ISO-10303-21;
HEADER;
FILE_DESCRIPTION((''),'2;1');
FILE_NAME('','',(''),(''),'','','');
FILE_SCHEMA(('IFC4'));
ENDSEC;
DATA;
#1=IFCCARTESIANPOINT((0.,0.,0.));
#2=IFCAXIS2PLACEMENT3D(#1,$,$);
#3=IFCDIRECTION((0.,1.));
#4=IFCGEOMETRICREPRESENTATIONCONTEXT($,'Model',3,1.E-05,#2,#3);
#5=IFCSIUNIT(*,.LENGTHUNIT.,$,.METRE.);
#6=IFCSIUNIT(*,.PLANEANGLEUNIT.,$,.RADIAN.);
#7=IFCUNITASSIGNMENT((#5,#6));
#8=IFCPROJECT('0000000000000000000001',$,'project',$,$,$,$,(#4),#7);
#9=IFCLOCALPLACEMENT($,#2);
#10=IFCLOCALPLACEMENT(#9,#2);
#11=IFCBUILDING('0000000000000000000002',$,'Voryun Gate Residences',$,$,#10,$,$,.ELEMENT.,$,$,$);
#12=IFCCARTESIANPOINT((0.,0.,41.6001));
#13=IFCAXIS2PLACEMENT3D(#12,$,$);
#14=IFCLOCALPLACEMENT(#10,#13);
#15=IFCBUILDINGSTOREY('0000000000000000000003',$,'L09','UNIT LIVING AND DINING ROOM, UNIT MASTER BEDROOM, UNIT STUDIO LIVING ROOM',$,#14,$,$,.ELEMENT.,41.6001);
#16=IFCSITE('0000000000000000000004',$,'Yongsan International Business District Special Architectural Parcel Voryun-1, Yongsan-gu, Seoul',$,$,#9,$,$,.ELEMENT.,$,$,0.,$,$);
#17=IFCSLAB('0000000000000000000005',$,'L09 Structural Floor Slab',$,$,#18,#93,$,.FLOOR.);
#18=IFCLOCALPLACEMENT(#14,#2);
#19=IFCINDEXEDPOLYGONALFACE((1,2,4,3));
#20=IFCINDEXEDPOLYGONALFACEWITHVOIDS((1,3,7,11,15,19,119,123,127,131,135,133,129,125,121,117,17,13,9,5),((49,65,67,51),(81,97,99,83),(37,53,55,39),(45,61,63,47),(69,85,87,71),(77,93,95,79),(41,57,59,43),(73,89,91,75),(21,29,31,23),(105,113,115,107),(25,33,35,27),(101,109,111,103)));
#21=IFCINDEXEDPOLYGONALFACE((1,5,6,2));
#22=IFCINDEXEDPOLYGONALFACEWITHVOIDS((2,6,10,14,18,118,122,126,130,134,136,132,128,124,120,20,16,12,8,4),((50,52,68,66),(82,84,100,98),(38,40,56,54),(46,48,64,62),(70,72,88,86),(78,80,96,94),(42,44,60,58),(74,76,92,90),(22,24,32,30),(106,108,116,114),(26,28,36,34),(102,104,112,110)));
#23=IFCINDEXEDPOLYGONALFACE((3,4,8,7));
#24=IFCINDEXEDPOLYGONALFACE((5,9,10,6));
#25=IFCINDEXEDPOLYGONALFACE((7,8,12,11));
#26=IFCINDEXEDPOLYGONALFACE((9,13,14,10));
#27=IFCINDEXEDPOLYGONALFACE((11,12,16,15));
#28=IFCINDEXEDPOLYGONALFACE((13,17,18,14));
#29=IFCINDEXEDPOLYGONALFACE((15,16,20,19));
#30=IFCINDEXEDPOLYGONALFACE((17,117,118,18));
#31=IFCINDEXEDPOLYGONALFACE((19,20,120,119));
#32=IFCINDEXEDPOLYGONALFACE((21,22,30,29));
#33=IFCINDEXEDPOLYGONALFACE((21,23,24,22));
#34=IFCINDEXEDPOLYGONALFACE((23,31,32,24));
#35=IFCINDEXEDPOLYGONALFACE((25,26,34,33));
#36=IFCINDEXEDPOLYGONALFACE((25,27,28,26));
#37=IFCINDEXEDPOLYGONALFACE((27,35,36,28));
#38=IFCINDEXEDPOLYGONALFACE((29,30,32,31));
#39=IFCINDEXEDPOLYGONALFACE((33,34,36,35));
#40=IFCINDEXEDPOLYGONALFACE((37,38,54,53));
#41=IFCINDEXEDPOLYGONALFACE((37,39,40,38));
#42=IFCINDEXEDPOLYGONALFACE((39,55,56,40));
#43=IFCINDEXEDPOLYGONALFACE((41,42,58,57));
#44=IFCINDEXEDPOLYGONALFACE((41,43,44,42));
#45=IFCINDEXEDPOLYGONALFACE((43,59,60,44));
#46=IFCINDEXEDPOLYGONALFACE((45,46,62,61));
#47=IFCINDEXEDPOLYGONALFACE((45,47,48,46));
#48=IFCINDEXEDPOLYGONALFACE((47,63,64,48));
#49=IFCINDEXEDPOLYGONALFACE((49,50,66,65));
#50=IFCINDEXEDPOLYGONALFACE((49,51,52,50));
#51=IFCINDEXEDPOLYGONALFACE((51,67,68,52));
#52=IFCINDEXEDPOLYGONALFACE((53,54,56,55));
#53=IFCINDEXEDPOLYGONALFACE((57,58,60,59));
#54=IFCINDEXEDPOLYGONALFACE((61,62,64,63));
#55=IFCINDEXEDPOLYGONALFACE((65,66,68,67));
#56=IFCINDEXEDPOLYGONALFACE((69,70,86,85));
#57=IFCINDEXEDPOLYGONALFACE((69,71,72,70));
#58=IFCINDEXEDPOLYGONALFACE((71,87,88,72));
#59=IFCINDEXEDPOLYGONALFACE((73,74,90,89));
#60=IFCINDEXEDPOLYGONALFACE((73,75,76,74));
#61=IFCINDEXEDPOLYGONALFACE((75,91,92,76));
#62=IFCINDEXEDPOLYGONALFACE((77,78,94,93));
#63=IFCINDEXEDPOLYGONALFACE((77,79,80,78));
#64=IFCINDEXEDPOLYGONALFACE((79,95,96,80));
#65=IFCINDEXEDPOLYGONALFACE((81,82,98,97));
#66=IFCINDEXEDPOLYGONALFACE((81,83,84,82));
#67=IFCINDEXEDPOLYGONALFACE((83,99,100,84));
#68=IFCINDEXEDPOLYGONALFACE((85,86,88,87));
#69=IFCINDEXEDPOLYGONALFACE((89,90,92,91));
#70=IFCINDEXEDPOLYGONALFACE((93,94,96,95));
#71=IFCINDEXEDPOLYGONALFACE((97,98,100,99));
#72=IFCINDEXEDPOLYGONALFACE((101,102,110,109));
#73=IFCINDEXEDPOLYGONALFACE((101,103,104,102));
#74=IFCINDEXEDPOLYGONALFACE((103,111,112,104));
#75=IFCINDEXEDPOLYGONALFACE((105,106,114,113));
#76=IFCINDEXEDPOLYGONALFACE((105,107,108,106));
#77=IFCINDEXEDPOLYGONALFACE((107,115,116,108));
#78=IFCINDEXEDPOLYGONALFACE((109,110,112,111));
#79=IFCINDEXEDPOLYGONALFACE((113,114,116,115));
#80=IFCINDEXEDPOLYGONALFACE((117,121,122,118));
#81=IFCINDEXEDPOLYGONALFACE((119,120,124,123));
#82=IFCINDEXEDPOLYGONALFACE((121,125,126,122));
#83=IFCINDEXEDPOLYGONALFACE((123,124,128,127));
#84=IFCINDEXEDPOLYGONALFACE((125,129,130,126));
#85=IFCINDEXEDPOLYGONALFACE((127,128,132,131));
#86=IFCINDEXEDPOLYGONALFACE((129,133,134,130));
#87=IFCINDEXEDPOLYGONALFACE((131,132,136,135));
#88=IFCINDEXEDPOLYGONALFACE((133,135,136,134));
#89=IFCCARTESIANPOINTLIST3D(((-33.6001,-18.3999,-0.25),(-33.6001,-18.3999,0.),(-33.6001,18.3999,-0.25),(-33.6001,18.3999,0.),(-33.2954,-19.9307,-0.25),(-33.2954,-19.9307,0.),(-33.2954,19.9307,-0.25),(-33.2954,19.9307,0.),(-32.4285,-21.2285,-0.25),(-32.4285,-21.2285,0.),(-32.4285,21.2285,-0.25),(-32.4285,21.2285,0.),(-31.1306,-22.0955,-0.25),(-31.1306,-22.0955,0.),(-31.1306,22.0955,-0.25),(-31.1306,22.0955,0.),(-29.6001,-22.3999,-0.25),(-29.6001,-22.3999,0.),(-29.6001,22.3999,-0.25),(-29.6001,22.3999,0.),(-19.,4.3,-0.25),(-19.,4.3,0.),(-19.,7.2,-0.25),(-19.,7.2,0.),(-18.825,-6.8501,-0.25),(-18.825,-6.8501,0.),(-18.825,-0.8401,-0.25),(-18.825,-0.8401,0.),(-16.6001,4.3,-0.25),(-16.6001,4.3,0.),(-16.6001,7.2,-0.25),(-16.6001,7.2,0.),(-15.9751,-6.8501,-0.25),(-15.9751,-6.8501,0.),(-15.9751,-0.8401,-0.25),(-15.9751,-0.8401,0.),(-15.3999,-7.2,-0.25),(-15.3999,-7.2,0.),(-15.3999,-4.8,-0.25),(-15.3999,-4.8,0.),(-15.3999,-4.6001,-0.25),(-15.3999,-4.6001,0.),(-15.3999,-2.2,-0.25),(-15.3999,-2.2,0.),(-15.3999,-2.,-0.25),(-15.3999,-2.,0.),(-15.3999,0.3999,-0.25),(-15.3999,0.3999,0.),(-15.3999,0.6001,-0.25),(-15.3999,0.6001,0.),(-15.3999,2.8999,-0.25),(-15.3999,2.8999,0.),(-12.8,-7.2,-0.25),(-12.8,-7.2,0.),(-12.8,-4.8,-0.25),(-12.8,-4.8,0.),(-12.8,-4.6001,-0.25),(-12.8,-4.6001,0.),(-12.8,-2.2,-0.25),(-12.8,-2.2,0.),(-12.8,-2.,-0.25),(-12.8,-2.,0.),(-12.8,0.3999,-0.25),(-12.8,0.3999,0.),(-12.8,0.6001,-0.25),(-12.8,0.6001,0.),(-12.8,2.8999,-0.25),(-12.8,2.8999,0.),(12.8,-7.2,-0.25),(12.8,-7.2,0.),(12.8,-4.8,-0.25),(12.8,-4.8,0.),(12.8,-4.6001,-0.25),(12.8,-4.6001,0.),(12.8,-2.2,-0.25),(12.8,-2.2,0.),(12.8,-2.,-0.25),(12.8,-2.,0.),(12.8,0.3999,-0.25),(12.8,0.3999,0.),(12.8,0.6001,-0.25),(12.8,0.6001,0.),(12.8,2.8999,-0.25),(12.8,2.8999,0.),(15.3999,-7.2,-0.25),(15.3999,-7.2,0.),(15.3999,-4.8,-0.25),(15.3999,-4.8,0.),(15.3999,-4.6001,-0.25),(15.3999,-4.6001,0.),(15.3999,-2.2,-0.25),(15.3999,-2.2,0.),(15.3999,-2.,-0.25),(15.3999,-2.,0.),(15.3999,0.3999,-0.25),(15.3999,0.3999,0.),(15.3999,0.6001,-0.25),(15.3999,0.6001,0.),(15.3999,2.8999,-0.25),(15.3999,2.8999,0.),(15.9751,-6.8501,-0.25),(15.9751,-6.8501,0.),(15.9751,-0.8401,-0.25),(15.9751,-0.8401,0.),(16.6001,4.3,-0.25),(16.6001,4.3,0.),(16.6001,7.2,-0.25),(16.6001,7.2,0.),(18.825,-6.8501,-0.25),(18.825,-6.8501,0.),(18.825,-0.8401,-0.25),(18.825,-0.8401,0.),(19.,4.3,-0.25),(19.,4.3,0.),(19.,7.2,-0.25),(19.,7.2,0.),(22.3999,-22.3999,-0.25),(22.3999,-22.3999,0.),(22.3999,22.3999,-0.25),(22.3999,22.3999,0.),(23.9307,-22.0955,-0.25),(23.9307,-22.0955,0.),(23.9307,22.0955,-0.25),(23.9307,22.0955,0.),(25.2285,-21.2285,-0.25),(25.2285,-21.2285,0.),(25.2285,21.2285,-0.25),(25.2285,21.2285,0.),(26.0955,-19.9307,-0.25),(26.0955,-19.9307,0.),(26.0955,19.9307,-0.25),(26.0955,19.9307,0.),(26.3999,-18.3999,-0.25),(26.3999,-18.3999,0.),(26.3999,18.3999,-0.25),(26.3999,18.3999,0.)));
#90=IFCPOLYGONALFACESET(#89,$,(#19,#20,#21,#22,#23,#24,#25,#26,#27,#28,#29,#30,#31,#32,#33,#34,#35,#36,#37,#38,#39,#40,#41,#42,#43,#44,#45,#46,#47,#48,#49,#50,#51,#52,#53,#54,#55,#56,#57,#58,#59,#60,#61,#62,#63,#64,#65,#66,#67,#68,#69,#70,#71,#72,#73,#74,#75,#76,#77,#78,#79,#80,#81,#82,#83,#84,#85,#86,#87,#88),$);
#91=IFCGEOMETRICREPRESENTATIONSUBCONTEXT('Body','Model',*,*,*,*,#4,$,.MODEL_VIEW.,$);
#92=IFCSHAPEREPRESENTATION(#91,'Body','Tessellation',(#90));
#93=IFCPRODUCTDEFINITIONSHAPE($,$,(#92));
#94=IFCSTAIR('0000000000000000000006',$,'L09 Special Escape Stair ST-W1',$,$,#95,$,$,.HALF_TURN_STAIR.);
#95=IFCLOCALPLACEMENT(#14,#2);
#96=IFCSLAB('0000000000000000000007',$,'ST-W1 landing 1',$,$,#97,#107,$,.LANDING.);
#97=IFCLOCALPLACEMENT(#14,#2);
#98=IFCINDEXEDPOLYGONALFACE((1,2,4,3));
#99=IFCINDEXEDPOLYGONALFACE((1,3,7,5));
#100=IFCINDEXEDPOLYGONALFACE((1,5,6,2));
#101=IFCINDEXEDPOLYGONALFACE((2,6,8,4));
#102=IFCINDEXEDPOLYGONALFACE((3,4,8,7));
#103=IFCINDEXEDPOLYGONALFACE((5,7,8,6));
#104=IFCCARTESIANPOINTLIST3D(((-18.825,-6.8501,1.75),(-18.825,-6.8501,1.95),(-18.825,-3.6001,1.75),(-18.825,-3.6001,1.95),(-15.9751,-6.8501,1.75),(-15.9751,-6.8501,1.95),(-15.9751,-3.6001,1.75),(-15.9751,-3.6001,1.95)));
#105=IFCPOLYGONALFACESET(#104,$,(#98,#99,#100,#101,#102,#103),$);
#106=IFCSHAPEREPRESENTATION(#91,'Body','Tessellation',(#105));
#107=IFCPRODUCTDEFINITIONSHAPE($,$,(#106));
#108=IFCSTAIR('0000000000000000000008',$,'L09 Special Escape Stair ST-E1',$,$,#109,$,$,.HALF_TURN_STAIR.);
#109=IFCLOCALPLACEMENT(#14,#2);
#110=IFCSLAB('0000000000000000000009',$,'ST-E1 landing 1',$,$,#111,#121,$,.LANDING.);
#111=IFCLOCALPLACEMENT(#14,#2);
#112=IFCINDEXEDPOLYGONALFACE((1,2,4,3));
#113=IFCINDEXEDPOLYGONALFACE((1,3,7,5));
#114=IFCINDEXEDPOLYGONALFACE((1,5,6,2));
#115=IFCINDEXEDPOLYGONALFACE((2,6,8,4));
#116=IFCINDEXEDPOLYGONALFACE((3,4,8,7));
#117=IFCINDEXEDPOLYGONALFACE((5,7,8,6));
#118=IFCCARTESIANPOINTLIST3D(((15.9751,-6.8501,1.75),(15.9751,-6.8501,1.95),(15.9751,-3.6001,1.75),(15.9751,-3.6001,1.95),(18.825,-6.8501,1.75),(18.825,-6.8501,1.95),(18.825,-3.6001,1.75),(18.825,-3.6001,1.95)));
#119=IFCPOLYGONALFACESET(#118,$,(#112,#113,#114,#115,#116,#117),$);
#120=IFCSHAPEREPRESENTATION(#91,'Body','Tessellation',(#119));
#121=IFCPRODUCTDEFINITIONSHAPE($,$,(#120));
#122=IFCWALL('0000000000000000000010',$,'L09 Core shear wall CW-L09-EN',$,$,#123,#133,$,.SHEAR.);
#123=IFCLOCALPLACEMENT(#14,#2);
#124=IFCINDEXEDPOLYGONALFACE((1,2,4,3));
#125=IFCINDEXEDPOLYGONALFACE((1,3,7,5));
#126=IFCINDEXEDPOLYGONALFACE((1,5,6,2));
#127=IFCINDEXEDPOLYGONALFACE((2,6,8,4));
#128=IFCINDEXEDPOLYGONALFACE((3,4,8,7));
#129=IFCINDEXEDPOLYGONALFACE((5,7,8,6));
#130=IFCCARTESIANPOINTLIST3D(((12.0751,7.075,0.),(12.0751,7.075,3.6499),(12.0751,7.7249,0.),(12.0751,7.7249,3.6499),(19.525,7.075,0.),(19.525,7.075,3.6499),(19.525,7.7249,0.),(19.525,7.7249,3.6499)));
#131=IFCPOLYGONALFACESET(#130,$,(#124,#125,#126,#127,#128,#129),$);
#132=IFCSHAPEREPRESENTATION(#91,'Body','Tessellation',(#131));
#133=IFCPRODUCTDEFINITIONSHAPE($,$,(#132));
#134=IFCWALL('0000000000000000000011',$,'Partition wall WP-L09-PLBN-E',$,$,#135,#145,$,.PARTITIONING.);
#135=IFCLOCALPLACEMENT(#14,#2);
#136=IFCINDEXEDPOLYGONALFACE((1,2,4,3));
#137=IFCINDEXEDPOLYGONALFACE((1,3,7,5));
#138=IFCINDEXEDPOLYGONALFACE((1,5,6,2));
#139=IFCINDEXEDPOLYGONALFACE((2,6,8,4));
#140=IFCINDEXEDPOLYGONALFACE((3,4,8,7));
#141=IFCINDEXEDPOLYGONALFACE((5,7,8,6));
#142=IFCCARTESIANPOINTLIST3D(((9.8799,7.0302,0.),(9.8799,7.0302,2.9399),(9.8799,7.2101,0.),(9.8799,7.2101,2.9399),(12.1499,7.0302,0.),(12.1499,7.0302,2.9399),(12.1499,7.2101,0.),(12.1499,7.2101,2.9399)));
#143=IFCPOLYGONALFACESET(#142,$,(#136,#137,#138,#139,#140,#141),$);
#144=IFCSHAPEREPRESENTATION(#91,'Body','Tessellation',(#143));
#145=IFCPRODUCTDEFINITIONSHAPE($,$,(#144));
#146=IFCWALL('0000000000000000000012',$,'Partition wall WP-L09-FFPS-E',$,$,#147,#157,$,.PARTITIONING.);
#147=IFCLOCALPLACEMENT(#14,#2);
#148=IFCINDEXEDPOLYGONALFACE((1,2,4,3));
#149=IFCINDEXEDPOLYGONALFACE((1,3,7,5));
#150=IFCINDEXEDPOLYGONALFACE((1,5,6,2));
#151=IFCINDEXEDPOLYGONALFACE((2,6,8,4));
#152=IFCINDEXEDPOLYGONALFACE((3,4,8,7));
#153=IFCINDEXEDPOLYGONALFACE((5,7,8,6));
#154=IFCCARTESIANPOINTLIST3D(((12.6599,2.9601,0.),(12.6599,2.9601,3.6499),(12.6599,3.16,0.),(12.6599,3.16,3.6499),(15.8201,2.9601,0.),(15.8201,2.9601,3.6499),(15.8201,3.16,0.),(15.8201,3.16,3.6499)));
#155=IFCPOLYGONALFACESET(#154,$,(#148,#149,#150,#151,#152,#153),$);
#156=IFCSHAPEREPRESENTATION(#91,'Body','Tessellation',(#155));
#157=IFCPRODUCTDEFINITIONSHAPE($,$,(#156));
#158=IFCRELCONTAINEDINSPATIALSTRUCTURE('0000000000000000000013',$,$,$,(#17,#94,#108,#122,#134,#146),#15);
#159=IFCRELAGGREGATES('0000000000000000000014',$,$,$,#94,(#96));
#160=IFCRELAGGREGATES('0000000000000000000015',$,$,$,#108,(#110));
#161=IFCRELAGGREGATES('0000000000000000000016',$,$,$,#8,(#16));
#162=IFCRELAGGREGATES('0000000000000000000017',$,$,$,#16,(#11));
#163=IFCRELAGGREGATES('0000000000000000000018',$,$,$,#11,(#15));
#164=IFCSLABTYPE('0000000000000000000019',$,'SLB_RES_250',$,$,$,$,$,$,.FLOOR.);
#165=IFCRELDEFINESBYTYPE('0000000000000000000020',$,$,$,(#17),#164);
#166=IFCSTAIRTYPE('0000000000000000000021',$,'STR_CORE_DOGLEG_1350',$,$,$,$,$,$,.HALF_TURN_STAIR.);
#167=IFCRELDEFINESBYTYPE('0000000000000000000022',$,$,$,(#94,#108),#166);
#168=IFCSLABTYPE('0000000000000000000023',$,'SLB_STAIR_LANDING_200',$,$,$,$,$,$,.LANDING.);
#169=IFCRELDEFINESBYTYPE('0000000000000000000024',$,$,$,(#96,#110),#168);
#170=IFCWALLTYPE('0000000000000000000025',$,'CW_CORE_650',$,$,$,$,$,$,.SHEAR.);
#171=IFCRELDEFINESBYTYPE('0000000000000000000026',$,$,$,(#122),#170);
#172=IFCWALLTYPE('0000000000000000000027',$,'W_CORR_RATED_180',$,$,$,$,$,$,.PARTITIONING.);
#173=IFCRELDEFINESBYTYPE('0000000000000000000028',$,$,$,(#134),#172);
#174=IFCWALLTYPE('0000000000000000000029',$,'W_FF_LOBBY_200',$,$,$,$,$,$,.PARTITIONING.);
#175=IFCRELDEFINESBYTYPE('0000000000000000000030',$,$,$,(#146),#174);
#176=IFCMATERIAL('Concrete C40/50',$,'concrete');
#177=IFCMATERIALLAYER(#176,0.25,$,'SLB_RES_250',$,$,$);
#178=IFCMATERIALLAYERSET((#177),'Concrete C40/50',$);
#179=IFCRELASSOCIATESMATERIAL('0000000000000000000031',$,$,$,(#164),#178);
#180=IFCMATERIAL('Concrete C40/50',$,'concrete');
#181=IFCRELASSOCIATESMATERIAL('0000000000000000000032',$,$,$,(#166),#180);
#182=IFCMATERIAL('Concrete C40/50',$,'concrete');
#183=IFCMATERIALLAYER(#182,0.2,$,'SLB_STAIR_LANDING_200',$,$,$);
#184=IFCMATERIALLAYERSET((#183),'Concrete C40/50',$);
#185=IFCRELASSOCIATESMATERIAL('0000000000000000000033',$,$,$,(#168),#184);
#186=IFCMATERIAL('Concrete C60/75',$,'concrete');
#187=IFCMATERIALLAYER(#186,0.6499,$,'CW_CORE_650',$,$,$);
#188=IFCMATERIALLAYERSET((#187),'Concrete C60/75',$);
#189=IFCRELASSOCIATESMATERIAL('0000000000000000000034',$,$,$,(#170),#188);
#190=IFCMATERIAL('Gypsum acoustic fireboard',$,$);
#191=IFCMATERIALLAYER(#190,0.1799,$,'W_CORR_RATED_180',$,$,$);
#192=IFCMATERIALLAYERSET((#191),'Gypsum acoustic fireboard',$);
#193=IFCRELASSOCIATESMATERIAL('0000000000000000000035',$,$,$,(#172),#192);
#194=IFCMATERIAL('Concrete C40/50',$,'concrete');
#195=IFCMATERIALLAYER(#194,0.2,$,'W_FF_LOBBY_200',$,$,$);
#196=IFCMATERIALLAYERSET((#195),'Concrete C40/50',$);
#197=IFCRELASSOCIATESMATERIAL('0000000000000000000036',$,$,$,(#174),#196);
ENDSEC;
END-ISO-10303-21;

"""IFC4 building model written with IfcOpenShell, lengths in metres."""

from ifc_helpers import new_model, si_unit, direction, frame, frame_2d, origin, place, context, subcontext, project, spatial, polyline, rectangle, outline, extrude, material, layer, layer_set, type_object, element, aggregate, save


model = new_model("IFC4")

# Units and contexts
model_context = context("Model", 3, precision=1e-05, world=origin(), true_north=direction((0.0, 1.0)))
body_context = subcontext(model_context, "Body", "Model", "MODEL_VIEW")
ifc_project = project(units=[si_unit("LENGTHUNIT", "METRE"), si_unit("PLANEANGLEUNIT", "RADIAN")], contexts=[model_context])

# Site, building, storey
site_placement = place(None, origin())
site = spatial("IfcSite", under=ifc_project, at=site_placement, Name="Yongsan International Business District Special Architectural Parcel Voryun-1, Yongsan-gu, Seoul", CompositionType="ELEMENT", RefElevation=0.0)
building_placement = place(site_placement, origin())
building = spatial("IfcBuilding", under=site, at=building_placement, Name="Voryun Gate Residences", CompositionType="ELEMENT")
storey_placement = place(building_placement, frame((0.0, 0.0, 41.6001)))
storey = spatial("IfcBuildingStorey", under=building, at=storey_placement, Name="L09", Description="UNIT LIVING AND DINING ROOM, UNIT MASTER BEDROOM, UNIT STUDIO LIVING ROOM", CompositionType="ELEMENT", Elevation=41.6001)

# Slab
ifc_material_1 = material(Name="Concrete C40/50", Category="concrete")
ifc_layer_1 = layer(ifc_material_1, 0.25, Name="SLB_RES_250")
ifc_layer_set_1 = layer_set([ifc_layer_1], Name="Concrete C40/50")
slab_type_1 = type_object("IfcSlabType", Name="SLB_RES_250", PredefinedType="FLOOR", material=ifc_layer_set_1)
slab_1_placement = place(storey_placement, frame((0.0, 0.0, -0.25)))
element("IfcSlab", 1, at=slab_1_placement, inside=storey, type_object=slab_type_1, Name="L09 Structural Floor Slab", PredefinedType="FLOOR", context=body_context, shape_type="SweptSolid", body=[
    extrude(outline(polyline([(-29.6001, -22.3999), (-31.1306, -22.0955), (-32.4285, -21.2285), (-33.2954, -19.9307), (-33.6001, -18.3999), (-33.6001, 18.3999), (-33.2954, 19.9307), (-32.4285, 21.2285), (-31.1306, 22.0955), (-29.6001, 22.3999), (22.3999, 22.3999), (23.9307, 22.0955), (25.2285, 21.2285), (26.0955, 19.9307), (26.3999, 18.3999), (26.3999, -18.3999), (26.0955, -19.9307), (25.2285, -21.2285), (23.9307, -22.0955), (22.3999, -22.3999), (-29.6001, -22.3999)]), holes=[polyline([(-12.8, -4.8), (-15.3999, -4.8), (-15.3999, -7.2), (-12.8, -7.2), (-12.8, -4.8)]), polyline([(-18.825, -6.8501), (-15.9751, -6.8501), (-15.9751, -0.8401), (-18.825, -0.8401), (-18.825, -6.8501)]), polyline([(-12.8, -4.6001), (-12.8, -2.2), (-15.3999, -2.2), (-15.3999, -4.6001), (-12.8, -4.6001)]), polyline([(-12.8, 0.3999), (-15.3999, 0.3999), (-15.3999, -2.0), (-12.8, -2.0), (-12.8, 0.3999)]), polyline([(-12.8, 0.6001), (-12.8, 2.8999), (-15.3999, 2.8999), (-15.3999, 0.6001), (-12.8, 0.6001)]), polyline([(-16.6001, 4.3), (-16.6001, 7.2), (-19.0, 7.2), (-19.0, 4.3), (-16.6001, 4.3)]), polyline([(15.3999, -4.8), (12.8, -4.8), (12.8, -7.2), (15.3999, -7.2), (15.3999, -4.8)]), polyline([(15.9751, -6.8501), (18.825, -6.8501), (18.825, -0.8401), (15.9751, -0.8401), (15.9751, -6.8501)]), polyline([(15.3999, -4.6001), (15.3999, -2.2), (12.8, -2.2), (12.8, -4.6001), (15.3999, -4.6001)]), polyline([(15.3999, 0.3999), (12.8, 0.3999), (12.8, -2.0), (15.3999, -2.0), (15.3999, 0.3999)]), polyline([(15.3999, 0.6001), (15.3999, 2.8999), (12.8, 2.8999), (12.8, 0.6001), (15.3999, 0.6001)]), polyline([(19.0, 4.3), (19.0, 7.2), (16.6001, 7.2), (16.6001, 4.3), (19.0, 4.3)])]), origin(), (0.0, 0.0, 1.0), 0.25),
])

# Stairs, slabs
ifc_material_2 = material(Name="Concrete C40/50", Category="concrete")
stair_type = type_object("IfcStairType", Name="STR_CORE_DOGLEG_1350", PredefinedType="HALF_TURN_STAIR", material=ifc_material_2)
stair_1_placement = place(storey_placement, origin())
stair_1 = element("IfcStair", 2, at=stair_1_placement, inside=storey, type_object=stair_type, Name="L09 Special Escape Stair ST-W1", PredefinedType="HALF_TURN_STAIR")
ifc_material_3 = material(Name="Concrete C40/50", Category="concrete")
ifc_layer_2 = layer(ifc_material_3, 0.2, Name="SLB_STAIR_LANDING_200")
ifc_layer_set_2 = layer_set([ifc_layer_2], Name="Concrete C40/50")
slab_type_2 = type_object("IfcSlabType", Name="SLB_STAIR_LANDING_200", PredefinedType="LANDING", material=ifc_layer_set_2)
slab_2_placement = place(storey_placement, frame((0.0, 0.0, 1.75)))
slab_2 = element("IfcSlab", 3, at=slab_2_placement, type_object=slab_type_2, Name="ST-W1 landing 1", PredefinedType="LANDING", context=body_context, shape_type="SweptSolid", body=[
    extrude(outline(polyline([(-18.825, -3.6001), (-18.825, -6.8501), (-15.9751, -6.8501), (-15.9751, -3.6001), (-18.825, -3.6001)])), origin(), (0.0, 0.0, 1.0), 0.2),
])
aggregate(stair_1, [slab_2])
stair_2_placement = place(storey_placement, origin())
stair_2 = element("IfcStair", 4, at=stair_2_placement, inside=storey, type_object=stair_type, Name="L09 Special Escape Stair ST-E1", PredefinedType="HALF_TURN_STAIR")
slab_3_placement = place(storey_placement, frame((0.0, 0.0, 1.75)))
slab_3 = element("IfcSlab", 5, at=slab_3_placement, type_object=slab_type_2, Name="ST-E1 landing 1", PredefinedType="LANDING", context=body_context, shape_type="SweptSolid", body=[
    extrude(outline(polyline([(15.9751, -3.6001), (15.9751, -6.8501), (18.825, -6.8501), (18.825, -3.6001), (15.9751, -3.6001)])), origin(), (0.0, 0.0, 1.0), 0.2),
])
aggregate(stair_2, [slab_3])

# Walls
ifc_material_4 = material(Name="Concrete C60/75", Category="concrete")
ifc_layer_3 = layer(ifc_material_4, 0.6499, Name="CW_CORE_650")
ifc_layer_set_3 = layer_set([ifc_layer_3], Name="Concrete C60/75")
wall_type_1 = type_object("IfcWallType", Name="CW_CORE_650", PredefinedType="SHEAR", material=ifc_layer_set_3)
wall_1_placement = place(storey_placement, frame((12.075, 7.3999, 0.0), z_axis=(0.0, 0.0, 1.0), x_axis=(1.0, 0.0, 0.0)))
element("IfcWall", 6, at=wall_1_placement, inside=storey, type_object=wall_type_1, Name="L09 Core shear wall CW-L09-EN", PredefinedType="SHEAR", context=body_context, shape_type="SweptSolid", body=[
    extrude(rectangle(XDim=7.45, YDim=0.6499, at=frame_2d((3.7251, 0.0))), origin(), (0.0, 0.0, 1.0), 3.6499),
])
ifc_material_5 = material(Name="Gypsum acoustic fireboard")
ifc_layer_4 = layer(ifc_material_5, 0.1799, Name="W_CORR_RATED_180")
ifc_layer_set_4 = layer_set([ifc_layer_4], Name="Gypsum acoustic fireboard")
wall_type_2 = type_object("IfcWallType", Name="W_CORR_RATED_180", PredefinedType="PARTITIONING", material=ifc_layer_set_4)
wall_2_placement = place(storey_placement, frame((9.8799, 7.1201, 0.0), z_axis=(0.0, 0.0, 1.0), x_axis=(1.0, 0.0, 0.0)))
element("IfcWall", 7, at=wall_2_placement, inside=storey, type_object=wall_type_2, Name="Partition wall WP-L09-PLBN-E", PredefinedType="PARTITIONING", context=body_context, shape_type="SweptSolid", body=[
    extrude(rectangle(XDim=2.27, YDim=0.1799, at=frame_2d((1.135, 0.0))), origin(), (0.0, 0.0, 1.0), 2.9399),
])
ifc_material_6 = material(Name="Concrete C40/50", Category="concrete")
ifc_layer_5 = layer(ifc_material_6, 0.2, Name="W_FF_LOBBY_200")
ifc_layer_set_5 = layer_set([ifc_layer_5], Name="Concrete C40/50")
wall_type_3 = type_object("IfcWallType", Name="W_FF_LOBBY_200", PredefinedType="PARTITIONING", material=ifc_layer_set_5)
wall_3_placement = place(storey_placement, frame((12.6599, 3.0601, 0.0), z_axis=(0.0, 0.0, 1.0), x_axis=(1.0, 0.0, 0.0)))
element("IfcWall", 8, at=wall_3_placement, inside=storey, type_object=wall_type_3, Name="Partition wall WP-L09-FFPS-E", PredefinedType="PARTITIONING", context=body_context, shape_type="SweptSolid", body=[
    extrude(rectangle(XDim=3.1602, YDim=0.2, at=frame_2d((1.5801, 0.0))), origin(), (0.0, 0.0, 1.0), 3.6499),
])

save(model, "model.ifc")
